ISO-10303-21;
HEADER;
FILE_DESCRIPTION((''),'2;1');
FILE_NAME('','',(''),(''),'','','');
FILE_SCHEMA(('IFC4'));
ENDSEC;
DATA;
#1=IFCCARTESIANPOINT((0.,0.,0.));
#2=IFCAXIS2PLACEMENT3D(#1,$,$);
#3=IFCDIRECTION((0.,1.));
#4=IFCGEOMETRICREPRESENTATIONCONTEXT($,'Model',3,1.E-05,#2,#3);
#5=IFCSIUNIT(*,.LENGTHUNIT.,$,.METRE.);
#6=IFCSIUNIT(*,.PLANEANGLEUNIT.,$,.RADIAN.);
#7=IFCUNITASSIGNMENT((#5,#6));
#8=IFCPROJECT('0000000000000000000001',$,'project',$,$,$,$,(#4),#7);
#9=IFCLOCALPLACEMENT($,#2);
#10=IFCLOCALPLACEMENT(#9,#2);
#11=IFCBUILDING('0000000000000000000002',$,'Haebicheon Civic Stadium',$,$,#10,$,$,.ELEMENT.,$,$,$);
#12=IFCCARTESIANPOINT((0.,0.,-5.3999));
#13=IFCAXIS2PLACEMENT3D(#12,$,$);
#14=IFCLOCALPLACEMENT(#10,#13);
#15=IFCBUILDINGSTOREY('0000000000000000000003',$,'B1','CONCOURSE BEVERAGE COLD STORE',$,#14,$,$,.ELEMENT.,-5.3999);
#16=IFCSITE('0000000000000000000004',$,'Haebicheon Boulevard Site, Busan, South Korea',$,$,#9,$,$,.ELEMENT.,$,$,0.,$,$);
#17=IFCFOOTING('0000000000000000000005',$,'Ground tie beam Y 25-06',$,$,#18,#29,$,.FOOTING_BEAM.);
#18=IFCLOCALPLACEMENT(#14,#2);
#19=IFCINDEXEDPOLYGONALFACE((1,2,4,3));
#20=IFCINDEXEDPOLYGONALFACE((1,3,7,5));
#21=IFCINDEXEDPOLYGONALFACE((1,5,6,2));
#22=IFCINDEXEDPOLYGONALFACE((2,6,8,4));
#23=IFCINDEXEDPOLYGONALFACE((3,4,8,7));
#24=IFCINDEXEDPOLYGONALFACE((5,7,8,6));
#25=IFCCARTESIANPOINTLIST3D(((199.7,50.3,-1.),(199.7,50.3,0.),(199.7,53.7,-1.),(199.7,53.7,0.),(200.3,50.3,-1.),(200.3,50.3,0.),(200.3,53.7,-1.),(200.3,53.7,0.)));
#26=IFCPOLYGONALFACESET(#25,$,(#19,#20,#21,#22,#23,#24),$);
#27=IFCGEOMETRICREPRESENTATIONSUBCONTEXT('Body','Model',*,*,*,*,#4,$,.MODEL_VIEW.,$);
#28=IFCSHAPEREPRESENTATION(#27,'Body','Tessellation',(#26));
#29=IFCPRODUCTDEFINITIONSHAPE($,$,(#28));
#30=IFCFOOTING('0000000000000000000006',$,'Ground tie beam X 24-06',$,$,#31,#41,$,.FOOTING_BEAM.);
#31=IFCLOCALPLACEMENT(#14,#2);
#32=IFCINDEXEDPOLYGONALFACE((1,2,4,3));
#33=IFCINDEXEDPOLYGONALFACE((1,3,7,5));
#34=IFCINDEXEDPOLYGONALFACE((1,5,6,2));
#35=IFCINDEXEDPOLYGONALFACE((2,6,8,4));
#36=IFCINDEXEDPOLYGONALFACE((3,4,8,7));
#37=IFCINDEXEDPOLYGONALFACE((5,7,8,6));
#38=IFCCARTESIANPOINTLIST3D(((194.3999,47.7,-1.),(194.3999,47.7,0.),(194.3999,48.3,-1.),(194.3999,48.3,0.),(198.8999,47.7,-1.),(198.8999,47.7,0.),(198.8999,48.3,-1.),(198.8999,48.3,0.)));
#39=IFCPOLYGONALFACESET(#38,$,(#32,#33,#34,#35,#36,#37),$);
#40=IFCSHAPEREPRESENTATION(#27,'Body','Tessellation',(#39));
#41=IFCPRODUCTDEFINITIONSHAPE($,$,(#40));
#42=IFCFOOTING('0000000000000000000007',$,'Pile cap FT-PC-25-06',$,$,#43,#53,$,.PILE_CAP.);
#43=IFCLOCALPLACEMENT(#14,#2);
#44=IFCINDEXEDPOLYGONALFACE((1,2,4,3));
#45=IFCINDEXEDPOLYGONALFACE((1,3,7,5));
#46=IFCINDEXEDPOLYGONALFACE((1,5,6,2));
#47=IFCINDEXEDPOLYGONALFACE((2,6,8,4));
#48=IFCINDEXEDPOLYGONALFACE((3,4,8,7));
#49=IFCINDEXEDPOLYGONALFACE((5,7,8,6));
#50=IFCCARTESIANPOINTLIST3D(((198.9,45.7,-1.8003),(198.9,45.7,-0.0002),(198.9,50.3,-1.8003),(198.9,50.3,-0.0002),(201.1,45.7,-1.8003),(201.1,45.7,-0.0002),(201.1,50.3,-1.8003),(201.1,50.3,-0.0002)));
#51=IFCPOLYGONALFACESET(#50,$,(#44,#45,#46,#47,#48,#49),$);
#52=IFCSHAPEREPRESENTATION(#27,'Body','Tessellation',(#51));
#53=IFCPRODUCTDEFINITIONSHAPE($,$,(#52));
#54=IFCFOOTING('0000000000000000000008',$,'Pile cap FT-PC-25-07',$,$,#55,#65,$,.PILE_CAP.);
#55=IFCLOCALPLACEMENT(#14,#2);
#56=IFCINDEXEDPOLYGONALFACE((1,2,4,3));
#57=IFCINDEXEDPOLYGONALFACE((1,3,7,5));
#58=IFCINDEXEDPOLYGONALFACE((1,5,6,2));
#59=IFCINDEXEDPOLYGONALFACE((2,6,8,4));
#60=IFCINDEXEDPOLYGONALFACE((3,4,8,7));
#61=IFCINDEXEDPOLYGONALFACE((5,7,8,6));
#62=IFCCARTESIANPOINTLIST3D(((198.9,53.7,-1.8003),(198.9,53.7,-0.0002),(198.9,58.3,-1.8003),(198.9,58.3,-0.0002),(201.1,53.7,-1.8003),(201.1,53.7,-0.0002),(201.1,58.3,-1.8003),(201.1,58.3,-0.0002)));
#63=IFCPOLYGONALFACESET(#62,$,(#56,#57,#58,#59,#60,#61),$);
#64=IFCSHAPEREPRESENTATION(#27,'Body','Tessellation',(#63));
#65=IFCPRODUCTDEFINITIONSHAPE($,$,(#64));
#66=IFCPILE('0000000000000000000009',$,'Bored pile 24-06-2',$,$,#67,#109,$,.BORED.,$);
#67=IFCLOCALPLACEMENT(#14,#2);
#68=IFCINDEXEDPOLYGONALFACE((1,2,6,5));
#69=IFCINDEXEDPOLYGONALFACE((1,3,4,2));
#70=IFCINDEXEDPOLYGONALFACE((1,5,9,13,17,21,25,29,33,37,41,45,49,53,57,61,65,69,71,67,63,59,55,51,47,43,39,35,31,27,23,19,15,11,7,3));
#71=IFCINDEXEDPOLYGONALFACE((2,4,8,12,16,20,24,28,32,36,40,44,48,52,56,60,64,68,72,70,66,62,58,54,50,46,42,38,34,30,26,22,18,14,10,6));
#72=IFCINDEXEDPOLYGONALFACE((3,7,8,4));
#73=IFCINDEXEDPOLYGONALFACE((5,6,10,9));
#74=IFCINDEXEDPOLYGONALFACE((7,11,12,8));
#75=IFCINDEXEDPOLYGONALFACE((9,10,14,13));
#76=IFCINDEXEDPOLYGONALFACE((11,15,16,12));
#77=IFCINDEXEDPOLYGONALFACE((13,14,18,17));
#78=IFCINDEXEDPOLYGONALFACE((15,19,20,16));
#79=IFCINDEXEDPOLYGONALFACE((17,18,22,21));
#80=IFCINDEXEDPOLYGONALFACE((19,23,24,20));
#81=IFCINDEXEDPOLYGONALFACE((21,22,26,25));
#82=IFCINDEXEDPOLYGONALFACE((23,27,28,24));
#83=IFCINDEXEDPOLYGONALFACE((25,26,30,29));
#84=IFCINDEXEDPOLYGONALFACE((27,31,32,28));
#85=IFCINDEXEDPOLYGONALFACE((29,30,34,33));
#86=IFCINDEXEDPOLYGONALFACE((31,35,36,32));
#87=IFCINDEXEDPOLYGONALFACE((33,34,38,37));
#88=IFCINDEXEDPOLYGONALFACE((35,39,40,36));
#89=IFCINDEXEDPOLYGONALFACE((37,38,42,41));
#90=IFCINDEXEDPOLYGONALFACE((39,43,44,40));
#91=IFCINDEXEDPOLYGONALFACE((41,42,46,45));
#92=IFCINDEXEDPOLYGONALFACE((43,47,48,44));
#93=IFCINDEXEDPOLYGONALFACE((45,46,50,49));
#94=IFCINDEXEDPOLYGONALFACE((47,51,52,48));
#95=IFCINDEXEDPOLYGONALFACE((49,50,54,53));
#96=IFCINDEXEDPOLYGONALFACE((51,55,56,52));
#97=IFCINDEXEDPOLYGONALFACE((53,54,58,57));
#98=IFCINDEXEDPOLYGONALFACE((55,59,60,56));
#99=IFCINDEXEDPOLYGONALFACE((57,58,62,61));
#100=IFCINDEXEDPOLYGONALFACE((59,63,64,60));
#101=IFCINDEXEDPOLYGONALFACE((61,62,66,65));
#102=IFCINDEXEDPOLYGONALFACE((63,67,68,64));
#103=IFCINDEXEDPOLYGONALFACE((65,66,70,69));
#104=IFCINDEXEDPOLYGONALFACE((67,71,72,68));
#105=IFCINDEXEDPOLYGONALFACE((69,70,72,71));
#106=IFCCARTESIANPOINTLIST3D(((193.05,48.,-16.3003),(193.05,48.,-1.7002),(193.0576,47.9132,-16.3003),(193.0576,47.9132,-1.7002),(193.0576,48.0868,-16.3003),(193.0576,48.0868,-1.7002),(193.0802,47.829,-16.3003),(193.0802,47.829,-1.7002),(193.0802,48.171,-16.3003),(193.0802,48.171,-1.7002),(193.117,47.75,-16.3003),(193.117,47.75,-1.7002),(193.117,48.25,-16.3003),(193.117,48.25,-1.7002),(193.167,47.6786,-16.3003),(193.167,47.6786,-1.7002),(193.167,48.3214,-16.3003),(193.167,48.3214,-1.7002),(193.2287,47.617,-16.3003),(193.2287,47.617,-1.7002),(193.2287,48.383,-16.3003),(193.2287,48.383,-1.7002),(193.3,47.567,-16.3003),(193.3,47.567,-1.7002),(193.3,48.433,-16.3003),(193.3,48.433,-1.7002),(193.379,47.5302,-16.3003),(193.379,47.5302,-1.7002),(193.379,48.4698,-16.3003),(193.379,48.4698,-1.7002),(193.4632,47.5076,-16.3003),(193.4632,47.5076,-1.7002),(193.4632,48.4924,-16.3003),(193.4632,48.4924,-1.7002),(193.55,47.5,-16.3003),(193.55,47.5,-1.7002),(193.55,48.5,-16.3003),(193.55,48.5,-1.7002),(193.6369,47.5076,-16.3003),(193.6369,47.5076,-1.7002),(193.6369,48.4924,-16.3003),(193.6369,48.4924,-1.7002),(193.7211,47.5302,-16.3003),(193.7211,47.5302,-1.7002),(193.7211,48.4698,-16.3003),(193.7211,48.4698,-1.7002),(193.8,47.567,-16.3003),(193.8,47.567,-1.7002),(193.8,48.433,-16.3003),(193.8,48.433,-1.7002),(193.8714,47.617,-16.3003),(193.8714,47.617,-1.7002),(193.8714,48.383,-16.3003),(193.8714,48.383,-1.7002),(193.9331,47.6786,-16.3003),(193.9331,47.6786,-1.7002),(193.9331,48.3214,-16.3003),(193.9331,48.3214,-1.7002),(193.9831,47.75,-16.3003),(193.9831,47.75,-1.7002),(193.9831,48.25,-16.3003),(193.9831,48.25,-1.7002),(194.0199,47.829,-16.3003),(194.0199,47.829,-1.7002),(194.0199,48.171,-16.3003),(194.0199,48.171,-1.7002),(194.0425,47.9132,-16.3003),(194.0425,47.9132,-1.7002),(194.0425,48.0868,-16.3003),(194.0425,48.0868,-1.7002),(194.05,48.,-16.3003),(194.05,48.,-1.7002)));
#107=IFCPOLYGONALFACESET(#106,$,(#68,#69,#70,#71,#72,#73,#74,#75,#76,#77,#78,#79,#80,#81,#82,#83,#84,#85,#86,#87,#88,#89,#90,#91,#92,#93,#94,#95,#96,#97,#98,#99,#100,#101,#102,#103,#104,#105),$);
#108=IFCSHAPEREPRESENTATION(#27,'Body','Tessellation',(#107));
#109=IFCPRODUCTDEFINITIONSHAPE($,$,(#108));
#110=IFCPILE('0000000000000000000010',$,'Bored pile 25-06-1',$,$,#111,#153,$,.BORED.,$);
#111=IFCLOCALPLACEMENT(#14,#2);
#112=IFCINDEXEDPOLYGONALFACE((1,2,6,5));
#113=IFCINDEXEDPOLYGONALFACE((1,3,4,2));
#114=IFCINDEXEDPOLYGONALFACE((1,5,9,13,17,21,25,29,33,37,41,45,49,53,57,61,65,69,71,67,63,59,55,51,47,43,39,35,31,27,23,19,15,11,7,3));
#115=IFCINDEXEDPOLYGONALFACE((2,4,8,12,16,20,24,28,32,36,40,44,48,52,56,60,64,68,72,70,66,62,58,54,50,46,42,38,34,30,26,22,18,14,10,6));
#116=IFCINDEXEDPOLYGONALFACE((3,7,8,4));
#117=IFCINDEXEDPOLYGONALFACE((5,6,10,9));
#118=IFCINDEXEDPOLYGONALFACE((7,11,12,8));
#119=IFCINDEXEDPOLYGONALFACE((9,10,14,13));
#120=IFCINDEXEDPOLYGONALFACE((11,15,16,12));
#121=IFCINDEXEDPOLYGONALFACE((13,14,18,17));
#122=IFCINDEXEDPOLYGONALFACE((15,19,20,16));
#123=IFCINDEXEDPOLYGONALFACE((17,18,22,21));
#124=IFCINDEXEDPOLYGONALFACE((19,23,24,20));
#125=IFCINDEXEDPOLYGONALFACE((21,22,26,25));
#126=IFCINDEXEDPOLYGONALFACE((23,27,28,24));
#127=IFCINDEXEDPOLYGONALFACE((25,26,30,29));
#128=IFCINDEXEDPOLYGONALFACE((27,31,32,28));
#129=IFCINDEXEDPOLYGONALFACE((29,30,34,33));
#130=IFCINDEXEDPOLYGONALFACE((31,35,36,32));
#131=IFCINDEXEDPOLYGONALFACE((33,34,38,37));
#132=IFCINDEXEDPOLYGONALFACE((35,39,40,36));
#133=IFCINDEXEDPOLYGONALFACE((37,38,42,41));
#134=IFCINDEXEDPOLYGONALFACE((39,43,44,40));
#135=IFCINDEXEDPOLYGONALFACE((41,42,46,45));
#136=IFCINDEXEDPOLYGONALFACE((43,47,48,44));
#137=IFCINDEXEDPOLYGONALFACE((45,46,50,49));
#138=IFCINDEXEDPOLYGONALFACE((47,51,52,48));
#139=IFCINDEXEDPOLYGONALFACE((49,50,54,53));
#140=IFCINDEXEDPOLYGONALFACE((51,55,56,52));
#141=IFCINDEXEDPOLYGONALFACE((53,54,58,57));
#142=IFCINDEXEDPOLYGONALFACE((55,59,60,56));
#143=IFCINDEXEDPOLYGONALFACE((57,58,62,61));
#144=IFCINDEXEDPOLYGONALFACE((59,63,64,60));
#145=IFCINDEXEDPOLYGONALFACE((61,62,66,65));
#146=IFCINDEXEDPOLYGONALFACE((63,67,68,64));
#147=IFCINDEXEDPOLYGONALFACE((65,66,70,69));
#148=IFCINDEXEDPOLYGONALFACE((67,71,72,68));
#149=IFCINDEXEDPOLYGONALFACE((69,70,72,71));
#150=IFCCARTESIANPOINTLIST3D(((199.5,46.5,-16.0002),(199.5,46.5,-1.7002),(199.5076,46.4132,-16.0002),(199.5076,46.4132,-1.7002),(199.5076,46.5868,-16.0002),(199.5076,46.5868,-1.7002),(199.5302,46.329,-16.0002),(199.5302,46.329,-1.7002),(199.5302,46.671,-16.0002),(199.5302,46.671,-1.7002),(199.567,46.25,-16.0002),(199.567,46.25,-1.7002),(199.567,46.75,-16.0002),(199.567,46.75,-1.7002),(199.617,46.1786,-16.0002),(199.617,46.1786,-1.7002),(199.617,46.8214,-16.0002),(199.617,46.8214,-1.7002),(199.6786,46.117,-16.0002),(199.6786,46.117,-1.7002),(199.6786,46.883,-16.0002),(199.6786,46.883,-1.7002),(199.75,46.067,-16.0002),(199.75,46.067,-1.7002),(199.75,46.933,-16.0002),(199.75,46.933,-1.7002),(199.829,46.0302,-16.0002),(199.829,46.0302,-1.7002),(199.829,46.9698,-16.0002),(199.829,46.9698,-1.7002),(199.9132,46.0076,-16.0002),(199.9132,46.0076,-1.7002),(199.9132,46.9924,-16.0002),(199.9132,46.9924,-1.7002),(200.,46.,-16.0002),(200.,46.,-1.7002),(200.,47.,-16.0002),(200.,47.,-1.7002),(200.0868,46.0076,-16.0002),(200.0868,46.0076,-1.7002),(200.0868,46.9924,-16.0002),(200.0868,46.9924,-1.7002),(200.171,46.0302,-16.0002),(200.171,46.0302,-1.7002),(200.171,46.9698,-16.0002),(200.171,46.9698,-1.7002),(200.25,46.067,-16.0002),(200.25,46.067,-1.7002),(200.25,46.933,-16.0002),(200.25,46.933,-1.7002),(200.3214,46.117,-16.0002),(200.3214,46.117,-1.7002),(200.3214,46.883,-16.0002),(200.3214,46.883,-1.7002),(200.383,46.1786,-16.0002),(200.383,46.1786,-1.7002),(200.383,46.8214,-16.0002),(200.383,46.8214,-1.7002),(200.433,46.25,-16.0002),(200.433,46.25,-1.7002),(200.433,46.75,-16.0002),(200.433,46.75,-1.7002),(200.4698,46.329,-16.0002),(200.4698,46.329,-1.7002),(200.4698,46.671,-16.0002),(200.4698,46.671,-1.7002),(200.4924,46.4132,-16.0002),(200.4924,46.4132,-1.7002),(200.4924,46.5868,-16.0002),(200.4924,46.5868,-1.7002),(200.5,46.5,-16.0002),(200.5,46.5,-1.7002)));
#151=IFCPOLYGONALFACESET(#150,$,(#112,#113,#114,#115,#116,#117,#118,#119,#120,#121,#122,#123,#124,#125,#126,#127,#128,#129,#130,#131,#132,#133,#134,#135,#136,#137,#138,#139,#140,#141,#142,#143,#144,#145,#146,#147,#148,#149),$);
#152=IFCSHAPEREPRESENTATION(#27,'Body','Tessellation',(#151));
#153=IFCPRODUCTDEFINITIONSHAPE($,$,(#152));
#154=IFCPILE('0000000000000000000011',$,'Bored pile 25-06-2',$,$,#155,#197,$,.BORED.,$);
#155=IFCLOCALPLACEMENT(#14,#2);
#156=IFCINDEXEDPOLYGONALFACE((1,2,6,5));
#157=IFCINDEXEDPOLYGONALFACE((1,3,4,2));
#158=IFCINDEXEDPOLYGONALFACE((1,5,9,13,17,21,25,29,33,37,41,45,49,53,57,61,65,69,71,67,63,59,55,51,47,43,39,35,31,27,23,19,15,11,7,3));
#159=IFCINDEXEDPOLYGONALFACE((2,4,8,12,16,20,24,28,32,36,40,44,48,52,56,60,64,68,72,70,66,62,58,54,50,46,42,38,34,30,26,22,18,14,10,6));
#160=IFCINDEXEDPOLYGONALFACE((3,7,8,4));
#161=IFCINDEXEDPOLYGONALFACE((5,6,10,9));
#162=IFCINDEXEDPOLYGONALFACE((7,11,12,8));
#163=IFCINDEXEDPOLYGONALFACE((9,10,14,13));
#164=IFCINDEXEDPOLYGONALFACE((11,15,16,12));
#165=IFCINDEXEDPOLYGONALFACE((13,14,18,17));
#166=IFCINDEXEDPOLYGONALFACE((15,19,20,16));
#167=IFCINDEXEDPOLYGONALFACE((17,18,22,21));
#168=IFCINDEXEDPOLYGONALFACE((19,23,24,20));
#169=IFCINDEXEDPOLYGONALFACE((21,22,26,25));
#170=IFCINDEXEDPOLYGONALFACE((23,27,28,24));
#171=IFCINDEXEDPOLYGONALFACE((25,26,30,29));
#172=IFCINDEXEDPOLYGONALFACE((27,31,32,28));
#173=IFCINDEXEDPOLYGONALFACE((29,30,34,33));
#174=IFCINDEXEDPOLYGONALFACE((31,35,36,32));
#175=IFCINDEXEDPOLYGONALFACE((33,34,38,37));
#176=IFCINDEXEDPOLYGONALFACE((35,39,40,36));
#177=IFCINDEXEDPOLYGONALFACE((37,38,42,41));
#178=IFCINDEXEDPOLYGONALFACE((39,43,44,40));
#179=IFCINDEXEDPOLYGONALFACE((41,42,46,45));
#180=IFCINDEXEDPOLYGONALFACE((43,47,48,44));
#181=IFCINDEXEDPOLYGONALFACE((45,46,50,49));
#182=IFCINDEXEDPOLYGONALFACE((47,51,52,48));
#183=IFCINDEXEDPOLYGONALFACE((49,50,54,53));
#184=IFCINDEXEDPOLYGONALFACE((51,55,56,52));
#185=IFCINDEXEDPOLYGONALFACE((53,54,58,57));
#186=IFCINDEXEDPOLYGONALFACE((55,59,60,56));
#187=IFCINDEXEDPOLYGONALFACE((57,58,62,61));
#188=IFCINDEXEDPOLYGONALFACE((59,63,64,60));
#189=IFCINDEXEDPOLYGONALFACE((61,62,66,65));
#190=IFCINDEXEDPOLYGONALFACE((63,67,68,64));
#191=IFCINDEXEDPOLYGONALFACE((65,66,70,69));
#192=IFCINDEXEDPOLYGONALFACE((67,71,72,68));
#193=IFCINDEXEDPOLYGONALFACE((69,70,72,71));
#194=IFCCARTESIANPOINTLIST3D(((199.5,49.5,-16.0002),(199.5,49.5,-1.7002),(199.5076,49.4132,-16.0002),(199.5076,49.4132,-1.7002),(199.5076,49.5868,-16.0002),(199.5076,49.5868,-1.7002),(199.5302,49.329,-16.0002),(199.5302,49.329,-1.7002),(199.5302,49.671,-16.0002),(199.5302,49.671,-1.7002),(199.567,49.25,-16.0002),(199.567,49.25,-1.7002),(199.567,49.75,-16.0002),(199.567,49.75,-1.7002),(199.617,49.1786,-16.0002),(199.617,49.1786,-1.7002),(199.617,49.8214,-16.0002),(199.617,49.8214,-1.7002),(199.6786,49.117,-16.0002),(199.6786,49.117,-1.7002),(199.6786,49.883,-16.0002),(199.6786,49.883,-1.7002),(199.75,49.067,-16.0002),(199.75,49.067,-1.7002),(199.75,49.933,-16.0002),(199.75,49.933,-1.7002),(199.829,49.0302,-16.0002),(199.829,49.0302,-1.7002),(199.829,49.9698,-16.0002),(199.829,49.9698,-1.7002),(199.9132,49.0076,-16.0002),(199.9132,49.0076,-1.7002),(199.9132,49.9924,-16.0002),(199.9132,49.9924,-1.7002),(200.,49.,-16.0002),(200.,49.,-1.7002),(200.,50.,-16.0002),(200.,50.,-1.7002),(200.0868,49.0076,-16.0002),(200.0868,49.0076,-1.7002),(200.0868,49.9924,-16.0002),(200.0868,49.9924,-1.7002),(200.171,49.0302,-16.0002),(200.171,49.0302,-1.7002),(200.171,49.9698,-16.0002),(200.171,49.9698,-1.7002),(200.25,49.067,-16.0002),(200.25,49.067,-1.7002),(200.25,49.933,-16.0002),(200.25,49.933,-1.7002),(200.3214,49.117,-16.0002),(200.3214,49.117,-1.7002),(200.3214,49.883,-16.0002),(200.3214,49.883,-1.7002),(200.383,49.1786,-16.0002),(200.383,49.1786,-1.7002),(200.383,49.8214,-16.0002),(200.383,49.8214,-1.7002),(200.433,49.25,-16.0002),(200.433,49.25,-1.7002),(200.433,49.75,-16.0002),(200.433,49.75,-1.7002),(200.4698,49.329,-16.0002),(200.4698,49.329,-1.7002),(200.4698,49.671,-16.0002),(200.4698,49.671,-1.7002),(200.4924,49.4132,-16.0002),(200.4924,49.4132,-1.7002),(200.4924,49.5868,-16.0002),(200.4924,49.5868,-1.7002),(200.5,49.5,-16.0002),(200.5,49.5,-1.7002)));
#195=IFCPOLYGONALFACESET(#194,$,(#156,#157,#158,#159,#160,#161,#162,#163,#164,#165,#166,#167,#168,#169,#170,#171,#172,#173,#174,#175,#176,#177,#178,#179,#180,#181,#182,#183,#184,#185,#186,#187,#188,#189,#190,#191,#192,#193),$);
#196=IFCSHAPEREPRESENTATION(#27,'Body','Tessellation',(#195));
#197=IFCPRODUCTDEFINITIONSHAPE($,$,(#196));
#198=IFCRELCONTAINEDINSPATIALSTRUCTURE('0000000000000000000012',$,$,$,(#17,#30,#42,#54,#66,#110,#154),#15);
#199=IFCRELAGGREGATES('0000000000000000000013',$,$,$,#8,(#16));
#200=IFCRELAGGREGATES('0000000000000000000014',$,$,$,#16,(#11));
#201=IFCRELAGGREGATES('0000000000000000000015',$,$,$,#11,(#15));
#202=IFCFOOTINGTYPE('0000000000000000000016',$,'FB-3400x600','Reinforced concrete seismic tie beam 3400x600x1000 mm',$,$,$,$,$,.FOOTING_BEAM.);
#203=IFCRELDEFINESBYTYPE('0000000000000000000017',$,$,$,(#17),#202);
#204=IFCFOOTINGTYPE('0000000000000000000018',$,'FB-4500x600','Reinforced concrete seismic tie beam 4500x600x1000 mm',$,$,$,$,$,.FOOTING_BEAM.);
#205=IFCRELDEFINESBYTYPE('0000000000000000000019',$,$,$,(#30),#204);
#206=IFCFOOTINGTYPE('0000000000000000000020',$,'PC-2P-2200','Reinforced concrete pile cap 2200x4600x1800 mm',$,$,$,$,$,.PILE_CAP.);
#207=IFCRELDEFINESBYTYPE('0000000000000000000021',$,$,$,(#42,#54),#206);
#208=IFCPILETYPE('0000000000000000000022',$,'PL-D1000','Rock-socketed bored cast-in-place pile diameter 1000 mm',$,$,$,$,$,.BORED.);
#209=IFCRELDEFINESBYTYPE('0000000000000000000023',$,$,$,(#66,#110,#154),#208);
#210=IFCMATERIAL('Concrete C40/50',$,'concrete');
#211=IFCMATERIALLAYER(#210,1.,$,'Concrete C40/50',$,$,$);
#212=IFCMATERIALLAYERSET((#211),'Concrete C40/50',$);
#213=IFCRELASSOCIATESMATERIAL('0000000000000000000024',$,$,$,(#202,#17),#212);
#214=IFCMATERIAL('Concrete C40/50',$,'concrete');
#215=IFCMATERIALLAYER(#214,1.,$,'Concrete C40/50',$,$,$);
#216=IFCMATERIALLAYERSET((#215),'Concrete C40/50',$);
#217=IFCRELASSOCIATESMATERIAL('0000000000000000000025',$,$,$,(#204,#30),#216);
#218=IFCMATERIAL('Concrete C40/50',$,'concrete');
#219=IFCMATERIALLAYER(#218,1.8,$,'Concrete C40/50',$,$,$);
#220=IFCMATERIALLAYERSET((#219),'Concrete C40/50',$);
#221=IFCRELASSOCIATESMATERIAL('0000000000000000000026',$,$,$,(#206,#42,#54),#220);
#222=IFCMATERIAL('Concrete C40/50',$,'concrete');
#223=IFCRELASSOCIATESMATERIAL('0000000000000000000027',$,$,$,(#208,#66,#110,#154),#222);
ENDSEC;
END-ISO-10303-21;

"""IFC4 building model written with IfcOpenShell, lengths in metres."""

from ifc_helpers import new_model, si_unit, direction, frame, origin, origin_2d, place, context, subcontext, project, spatial, rectangle, circle, extrude, material, layer, layer_set, material_profile, profile_set, type_object, element, save


model = new_model("IFC4")

# Units and contexts
model_context = context("Model", 3, precision=1e-05, world=origin(), true_north=direction((0.0, 1.0)))
body_context = subcontext(model_context, "Body", "Model", "MODEL_VIEW")
ifc_project = project(units=[si_unit("LENGTHUNIT", "METRE"), si_unit("PLANEANGLEUNIT", "RADIAN")], contexts=[model_context])

# Site, building, storey
site_placement = place(None, origin())
site = spatial("IfcSite", under=ifc_project, at=site_placement, Name="Haebicheon Boulevard Site, Busan, South Korea", CompositionType="ELEMENT", RefElevation=0.0)
building_placement = place(site_placement, origin())
building = spatial("IfcBuilding", under=site, at=building_placement, Name="Haebicheon Civic Stadium", CompositionType="ELEMENT")
storey_placement = place(building_placement, frame((0.0, 0.0, -5.3999)))
storey = spatial("IfcBuildingStorey", under=building, at=storey_placement, Name="B1", Description="CONCOURSE BEVERAGE COLD STORE", CompositionType="ELEMENT", Elevation=-5.3999)

# Footings
ifc_material_1 = material(Name="Concrete C40/50", Category="concrete")
ifc_layer_1 = layer(ifc_material_1, 1.0, Name="Concrete C40/50")
ifc_layer_set_1 = layer_set([ifc_layer_1], Name="Concrete C40/50")
footing_type_1 = type_object("IfcFootingType", Name="FB-3400x600", Description="Reinforced concrete seismic tie beam 3400x600x1000 mm", PredefinedType="FOOTING_BEAM", material=ifc_layer_set_1)
footing_1_placement = place(storey_placement, frame((200.0, 52.0, -1.0), z_axis=(0.0, 0.0, 1.0), x_axis=(0.0, 1.0, 0.0)))
element("IfcFooting", 1, at=footing_1_placement, inside=storey, type_object=footing_type_1, material=ifc_layer_set_1, Name="Ground tie beam Y 25-06", PredefinedType="FOOTING_BEAM", context=body_context, shape_type="SweptSolid", body=[
    extrude(rectangle(XDim=3.3999, YDim=0.6001, at=origin_2d()), origin(), (0.0, 0.0, 1.0), 1.0),
])
ifc_material_2 = material(Name="Concrete C40/50", Category="concrete")
ifc_layer_2 = layer(ifc_material_2, 1.0, Name="Concrete C40/50")
ifc_layer_set_2 = layer_set([ifc_layer_2], Name="Concrete C40/50")
footing_type_2 = type_object("IfcFootingType", Name="FB-4500x600", Description="Reinforced concrete seismic tie beam 4500x600x1000 mm", PredefinedType="FOOTING_BEAM", material=ifc_layer_set_2)
footing_2_placement = place(storey_placement, frame((196.6499, 48.0, -1.0), z_axis=(0.0, 0.0, 1.0), x_axis=(1.0, 0.0, 0.0)))
element("IfcFooting", 2, at=footing_2_placement, inside=storey, type_object=footing_type_2, material=ifc_layer_set_2, Name="Ground tie beam X 24-06", PredefinedType="FOOTING_BEAM", context=body_context, shape_type="SweptSolid", body=[
    extrude(rectangle(XDim=4.5, YDim=0.6001, at=origin_2d()), origin(), (0.0, 0.0, 1.0), 1.0),
])
ifc_material_3 = material(Name="Concrete C40/50", Category="concrete")
ifc_layer_3 = layer(ifc_material_3, 1.8, Name="Concrete C40/50")
ifc_layer_set_3 = layer_set([ifc_layer_3], Name="Concrete C40/50")
footing_type_3 = type_object("IfcFootingType", Name="PC-2P-2200", Description="Reinforced concrete pile cap 2200x4600x1800 mm", PredefinedType="PILE_CAP", material=ifc_layer_set_3)
for number, where, z_axis, x_axis, name in (
    (3, (200.0, 48.0, -1.8003), (0.0, 0.0, 1.0), (1.0, 0.0, 0.0), "Pile cap FT-PC-25-06"),
    (4, (200.0, 56.0, -1.8003), (0.0, 0.0, 1.0), (1.0, 0.0, 0.0), "Pile cap FT-PC-25-07"),
):
    element("IfcFooting", number, at=place(storey_placement, frame(where, z_axis=z_axis, x_axis=x_axis)), inside=storey, type_object=footing_type_3, material=ifc_layer_set_3, Name=name, PredefinedType="PILE_CAP", context=body_context, shape_type="SweptSolid", body=[
        extrude(rectangle(XDim=2.2, YDim=4.6001, at=origin_2d()), origin(), (0.0, 0.0, 1.0), 1.8),
    ])

# Piles
ifc_material_4 = material(Name="Concrete C40/50", Category="concrete")
ifc_material_profile_1 = material_profile(ifc_material_4, circle(Radius=0.5, at=origin_2d()), Name="PILE-D1000")
ifc_profile_set_1 = profile_set([ifc_material_profile_1], Name="Concrete C40/50")
pile_type = type_object("IfcPileType", Name="PL-D1000", Description="Rock-socketed bored cast-in-place pile diameter 1000 mm", PredefinedType="BORED", material=ifc_profile_set_1)
pile_placement = place(storey_placement, frame((193.55, 48.0, -1.7002), z_axis=(0.0, 0.0, -1.0), x_axis=(1.0, 0.0, 0.0)))
element("IfcPile", 5, at=pile_placement, inside=storey, type_object=pile_type, material=ifc_profile_set_1, Name="Bored pile 24-06-2", PredefinedType="BORED", context=body_context, shape_type="SweptSolid", body=[
    extrude(circle(Radius=0.5, at=origin_2d()), origin(), (0.0, 0.0, 1.0), 14.6001),
])
for number, where, z_axis, x_axis, name in (
    (6, (200.0, 46.5, -1.7002), (0.0, 0.0, -1.0), (1.0, 0.0, 0.0), "Bored pile 25-06-1"),
    (7, (200.0, 49.5, -1.7002), (0.0, 0.0, -1.0), (1.0, 0.0, 0.0), "Bored pile 25-06-2"),
):
    element("IfcPile", number, at=place(storey_placement, frame(where, z_axis=z_axis, x_axis=x_axis)), inside=storey, type_object=pile_type, material=ifc_profile_set_1, Name=name, PredefinedType="BORED", context=body_context, shape_type="SweptSolid", body=[
        extrude(circle(Radius=0.5, at=origin_2d()), origin(), (0.0, 0.0, 1.0), 14.3),
    ])

save(model, "model.ifc")
